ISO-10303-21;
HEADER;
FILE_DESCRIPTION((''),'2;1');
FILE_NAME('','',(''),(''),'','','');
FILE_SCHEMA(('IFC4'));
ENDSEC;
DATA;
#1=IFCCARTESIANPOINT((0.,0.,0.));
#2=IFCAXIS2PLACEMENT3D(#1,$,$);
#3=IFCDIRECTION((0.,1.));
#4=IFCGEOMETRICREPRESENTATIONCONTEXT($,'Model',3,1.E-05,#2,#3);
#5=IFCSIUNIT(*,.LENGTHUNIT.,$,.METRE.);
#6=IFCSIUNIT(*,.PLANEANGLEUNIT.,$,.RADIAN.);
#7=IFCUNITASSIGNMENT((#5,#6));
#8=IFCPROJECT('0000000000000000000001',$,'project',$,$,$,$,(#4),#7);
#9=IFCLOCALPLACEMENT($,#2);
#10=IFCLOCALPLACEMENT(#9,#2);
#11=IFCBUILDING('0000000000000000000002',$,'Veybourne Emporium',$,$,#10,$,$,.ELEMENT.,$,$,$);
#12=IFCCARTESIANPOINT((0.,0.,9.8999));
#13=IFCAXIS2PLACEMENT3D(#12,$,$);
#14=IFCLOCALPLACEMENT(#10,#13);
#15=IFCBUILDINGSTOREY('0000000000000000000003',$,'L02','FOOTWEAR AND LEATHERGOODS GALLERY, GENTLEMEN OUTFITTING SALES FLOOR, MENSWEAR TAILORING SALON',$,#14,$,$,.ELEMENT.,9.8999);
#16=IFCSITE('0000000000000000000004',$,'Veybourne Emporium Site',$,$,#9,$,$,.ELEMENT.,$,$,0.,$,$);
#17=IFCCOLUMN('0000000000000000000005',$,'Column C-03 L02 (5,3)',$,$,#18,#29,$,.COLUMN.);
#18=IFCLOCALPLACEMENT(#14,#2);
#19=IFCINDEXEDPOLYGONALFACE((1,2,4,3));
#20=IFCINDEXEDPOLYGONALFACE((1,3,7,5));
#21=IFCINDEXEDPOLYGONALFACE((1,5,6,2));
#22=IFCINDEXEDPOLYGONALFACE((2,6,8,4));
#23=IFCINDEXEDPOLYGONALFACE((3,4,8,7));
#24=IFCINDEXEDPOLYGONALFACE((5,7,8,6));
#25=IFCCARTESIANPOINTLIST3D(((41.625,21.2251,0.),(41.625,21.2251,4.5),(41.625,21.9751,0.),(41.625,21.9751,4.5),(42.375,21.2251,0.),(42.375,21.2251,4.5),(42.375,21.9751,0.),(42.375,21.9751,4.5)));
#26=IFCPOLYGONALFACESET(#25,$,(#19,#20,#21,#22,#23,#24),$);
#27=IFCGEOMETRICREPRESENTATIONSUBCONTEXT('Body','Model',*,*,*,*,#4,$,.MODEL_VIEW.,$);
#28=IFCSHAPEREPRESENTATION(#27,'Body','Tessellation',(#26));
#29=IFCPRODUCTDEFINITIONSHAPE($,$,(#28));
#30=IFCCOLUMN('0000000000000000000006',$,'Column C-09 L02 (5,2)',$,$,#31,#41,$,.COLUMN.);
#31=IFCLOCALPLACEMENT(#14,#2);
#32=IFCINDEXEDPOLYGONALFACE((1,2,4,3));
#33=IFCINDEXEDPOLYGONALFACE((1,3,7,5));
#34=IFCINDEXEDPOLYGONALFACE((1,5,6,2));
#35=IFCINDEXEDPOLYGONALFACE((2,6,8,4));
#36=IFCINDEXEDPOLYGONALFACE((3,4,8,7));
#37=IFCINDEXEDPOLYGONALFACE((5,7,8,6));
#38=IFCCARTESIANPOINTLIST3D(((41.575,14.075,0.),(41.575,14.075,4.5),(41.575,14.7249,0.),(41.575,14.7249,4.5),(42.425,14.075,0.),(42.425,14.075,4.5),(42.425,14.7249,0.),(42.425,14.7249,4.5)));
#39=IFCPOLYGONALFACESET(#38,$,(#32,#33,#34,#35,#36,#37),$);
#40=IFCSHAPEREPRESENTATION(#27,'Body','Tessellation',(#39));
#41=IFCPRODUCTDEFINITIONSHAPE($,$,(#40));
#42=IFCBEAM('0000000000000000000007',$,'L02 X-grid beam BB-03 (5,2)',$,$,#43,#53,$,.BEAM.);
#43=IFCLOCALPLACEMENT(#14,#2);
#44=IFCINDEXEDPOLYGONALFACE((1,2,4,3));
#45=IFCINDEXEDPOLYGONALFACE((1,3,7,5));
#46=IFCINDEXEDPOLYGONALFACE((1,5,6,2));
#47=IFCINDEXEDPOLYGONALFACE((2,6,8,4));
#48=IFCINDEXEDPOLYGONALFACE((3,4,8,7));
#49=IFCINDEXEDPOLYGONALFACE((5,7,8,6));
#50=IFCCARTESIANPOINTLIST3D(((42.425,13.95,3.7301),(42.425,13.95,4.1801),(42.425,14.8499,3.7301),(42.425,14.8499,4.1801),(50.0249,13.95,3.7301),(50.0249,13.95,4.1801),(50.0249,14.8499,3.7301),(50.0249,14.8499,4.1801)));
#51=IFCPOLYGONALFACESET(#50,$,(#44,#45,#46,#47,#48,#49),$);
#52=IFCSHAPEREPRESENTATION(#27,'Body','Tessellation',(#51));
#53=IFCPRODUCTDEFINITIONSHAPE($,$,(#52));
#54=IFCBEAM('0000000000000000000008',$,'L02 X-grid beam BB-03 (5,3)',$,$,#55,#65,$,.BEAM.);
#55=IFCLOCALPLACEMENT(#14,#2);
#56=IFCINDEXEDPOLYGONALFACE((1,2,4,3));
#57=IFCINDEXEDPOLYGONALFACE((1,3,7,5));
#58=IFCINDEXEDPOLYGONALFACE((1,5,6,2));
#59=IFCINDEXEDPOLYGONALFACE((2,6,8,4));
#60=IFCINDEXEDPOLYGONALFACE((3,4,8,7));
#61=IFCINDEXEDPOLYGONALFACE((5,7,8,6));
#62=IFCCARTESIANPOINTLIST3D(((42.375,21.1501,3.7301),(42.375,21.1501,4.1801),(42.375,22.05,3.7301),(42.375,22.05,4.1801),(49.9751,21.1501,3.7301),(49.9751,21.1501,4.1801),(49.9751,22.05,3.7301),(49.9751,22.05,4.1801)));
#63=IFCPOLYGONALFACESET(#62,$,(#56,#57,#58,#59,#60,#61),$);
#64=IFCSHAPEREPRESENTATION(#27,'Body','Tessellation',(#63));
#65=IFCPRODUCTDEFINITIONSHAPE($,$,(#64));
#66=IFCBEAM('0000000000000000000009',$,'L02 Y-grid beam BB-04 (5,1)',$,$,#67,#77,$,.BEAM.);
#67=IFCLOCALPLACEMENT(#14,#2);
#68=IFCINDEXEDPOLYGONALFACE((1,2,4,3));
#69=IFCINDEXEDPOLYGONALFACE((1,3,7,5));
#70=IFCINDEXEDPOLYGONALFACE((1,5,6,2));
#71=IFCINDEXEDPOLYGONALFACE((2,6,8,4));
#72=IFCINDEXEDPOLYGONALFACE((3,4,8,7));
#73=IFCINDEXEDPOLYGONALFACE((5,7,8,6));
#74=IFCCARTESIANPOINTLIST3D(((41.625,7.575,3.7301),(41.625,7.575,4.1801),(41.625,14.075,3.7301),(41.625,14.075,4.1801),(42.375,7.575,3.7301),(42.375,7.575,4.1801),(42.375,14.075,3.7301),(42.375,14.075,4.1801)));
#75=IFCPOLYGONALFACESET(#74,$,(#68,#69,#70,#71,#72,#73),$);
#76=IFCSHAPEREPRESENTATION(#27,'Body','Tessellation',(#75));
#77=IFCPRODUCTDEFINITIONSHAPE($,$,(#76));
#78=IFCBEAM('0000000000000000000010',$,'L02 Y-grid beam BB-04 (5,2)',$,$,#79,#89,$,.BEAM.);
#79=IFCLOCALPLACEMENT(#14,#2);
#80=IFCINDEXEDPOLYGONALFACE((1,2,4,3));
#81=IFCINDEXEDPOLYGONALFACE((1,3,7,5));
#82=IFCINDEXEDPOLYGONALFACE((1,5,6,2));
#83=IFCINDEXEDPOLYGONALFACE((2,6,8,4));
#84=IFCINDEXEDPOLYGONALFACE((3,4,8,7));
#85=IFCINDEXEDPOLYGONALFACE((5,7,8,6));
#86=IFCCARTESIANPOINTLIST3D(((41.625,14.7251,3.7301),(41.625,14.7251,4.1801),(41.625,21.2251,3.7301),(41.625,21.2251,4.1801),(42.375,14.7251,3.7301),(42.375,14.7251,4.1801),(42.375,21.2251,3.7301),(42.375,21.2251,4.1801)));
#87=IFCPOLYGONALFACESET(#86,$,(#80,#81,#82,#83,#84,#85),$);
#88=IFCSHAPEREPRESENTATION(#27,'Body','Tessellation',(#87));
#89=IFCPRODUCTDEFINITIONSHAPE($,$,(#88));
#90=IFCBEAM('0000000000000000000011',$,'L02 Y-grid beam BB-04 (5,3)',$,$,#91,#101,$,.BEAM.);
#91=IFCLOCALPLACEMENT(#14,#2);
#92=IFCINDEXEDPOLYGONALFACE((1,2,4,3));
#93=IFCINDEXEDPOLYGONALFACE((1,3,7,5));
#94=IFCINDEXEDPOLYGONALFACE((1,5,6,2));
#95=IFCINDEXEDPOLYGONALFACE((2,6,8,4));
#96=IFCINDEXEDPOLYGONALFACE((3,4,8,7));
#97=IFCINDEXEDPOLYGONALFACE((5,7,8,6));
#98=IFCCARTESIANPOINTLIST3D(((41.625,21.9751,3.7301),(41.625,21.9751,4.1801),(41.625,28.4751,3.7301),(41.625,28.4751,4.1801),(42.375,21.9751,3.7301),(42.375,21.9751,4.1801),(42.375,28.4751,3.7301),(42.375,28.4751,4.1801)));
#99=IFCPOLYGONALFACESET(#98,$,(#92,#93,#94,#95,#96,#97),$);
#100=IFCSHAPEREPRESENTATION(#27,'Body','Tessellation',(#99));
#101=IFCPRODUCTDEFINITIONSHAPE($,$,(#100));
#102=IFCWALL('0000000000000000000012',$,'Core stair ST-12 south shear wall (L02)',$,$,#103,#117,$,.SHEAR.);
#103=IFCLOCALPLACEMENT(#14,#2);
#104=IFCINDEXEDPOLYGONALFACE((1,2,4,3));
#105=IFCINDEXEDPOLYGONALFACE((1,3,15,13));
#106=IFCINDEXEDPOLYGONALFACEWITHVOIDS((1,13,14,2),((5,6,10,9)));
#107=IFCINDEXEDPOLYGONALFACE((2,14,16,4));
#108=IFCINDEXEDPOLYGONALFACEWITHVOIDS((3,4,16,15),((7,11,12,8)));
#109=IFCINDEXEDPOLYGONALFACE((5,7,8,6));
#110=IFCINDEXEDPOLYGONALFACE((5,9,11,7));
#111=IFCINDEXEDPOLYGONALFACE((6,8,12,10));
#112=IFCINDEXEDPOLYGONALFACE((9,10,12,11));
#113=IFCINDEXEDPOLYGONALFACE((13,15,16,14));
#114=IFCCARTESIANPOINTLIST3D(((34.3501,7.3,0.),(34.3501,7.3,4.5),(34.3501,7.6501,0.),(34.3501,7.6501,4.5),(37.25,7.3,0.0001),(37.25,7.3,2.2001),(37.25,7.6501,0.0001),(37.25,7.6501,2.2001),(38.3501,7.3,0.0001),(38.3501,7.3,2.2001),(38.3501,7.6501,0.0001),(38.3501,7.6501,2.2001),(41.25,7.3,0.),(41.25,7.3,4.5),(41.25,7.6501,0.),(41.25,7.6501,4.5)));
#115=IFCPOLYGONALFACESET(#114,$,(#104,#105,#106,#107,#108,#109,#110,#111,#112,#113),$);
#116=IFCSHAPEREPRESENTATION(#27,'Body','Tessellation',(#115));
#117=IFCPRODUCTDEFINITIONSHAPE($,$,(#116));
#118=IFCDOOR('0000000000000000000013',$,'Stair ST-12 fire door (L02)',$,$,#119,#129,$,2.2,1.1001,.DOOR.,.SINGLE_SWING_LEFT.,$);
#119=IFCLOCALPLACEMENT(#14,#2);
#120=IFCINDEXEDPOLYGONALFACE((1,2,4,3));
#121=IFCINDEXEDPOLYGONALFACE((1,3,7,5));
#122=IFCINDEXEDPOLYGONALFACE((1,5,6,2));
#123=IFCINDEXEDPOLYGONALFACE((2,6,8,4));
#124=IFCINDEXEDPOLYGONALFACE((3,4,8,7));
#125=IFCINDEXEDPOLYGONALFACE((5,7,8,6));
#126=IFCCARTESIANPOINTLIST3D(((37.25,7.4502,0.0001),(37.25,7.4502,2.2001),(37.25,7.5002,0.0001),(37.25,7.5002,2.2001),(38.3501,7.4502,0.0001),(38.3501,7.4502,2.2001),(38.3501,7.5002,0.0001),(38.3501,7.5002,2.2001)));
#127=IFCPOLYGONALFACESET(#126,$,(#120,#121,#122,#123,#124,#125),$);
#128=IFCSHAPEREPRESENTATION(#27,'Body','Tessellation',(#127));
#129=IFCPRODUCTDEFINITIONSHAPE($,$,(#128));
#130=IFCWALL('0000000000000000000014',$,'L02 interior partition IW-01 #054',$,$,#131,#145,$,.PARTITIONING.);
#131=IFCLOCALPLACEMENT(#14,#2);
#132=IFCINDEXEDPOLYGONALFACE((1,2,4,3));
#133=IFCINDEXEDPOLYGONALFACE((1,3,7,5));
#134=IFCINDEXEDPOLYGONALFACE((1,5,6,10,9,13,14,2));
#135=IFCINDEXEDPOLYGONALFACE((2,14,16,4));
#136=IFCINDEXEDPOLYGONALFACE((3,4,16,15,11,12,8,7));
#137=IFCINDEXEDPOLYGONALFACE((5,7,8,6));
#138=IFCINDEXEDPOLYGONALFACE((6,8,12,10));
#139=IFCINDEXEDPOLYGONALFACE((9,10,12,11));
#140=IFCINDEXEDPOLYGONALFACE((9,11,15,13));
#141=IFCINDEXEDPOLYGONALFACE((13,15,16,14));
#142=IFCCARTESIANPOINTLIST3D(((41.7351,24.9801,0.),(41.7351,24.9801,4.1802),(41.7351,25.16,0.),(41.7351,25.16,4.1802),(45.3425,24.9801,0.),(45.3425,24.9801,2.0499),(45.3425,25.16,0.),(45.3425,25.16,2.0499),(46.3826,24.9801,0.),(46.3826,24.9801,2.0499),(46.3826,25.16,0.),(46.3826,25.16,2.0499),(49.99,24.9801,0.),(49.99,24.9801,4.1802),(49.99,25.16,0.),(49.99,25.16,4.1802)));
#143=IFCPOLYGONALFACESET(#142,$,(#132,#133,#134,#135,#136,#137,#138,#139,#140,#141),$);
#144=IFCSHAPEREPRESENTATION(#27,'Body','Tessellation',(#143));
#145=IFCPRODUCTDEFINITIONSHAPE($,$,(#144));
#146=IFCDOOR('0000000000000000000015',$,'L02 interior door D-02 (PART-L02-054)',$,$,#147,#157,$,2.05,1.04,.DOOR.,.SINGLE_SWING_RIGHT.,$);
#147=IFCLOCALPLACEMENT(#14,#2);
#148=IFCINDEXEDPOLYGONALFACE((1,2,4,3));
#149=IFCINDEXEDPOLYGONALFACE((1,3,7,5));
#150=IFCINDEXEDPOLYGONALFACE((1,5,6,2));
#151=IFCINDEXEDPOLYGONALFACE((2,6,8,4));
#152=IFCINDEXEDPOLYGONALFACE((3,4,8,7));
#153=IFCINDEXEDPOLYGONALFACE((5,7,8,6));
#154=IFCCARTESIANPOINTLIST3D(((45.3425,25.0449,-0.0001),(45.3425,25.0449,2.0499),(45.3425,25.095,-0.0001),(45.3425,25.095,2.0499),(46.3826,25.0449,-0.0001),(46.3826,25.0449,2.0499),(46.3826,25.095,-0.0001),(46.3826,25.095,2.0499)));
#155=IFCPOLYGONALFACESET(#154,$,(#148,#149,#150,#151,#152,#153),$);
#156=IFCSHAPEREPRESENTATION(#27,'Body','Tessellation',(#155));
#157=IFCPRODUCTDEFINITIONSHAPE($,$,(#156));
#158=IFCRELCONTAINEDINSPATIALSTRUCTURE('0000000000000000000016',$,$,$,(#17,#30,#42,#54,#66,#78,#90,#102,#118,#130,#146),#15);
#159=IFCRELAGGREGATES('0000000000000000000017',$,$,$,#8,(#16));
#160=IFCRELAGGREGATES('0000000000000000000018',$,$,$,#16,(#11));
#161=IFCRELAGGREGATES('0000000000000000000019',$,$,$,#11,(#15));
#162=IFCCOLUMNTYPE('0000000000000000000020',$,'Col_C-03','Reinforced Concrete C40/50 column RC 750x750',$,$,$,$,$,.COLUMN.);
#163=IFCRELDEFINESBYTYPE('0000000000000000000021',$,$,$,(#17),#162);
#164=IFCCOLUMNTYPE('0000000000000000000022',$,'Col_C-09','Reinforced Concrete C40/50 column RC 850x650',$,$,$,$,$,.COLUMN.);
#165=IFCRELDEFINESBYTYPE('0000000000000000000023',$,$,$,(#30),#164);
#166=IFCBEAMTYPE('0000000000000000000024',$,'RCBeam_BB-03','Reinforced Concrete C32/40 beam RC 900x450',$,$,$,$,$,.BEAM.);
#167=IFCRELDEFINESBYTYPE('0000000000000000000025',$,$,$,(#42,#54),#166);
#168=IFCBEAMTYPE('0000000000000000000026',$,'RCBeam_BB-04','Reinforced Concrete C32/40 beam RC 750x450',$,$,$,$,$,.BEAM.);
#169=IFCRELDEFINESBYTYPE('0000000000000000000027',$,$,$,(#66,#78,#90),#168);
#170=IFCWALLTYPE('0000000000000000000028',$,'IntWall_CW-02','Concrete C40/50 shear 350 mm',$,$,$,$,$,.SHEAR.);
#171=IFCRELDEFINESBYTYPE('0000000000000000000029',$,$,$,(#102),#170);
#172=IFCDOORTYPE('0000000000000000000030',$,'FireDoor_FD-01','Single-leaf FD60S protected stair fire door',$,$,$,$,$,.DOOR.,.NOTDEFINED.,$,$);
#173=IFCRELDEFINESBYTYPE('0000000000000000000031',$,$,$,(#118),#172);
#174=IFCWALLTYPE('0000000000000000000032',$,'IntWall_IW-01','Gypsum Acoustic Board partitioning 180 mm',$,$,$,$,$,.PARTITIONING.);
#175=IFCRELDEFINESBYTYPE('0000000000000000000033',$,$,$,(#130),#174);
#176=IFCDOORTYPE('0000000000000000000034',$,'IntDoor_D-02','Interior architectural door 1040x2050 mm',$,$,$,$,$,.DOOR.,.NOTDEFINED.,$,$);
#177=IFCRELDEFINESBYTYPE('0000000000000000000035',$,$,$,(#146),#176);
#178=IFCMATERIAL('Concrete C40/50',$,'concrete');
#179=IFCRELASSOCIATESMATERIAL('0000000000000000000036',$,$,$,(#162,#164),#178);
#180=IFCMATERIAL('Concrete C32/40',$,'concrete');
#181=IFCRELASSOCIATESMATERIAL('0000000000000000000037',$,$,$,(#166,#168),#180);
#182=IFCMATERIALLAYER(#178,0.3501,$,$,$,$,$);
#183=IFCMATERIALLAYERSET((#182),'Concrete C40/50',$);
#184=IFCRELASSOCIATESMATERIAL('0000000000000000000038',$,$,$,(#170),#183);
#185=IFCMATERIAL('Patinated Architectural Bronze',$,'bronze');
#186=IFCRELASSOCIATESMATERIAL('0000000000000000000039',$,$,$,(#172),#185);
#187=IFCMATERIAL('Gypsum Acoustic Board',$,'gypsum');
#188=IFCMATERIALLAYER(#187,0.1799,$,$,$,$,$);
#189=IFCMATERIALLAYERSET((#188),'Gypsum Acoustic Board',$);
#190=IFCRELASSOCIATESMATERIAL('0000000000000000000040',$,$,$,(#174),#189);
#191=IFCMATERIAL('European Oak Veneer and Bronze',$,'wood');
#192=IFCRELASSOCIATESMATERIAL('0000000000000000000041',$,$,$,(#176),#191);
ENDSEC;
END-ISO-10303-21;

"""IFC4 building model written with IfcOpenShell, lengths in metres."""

from ifc_helpers import new_model, si_unit, direction, frame, frame_2d, origin, origin_2d, place, context, subcontext, project, spatial, rectangle, extrude, material, layer, layer_set, material_profile, profile_set, type_object, element, fill, save


model = new_model("IFC4")

# Units and contexts
model_context = context("Model", 3, precision=1e-05, world=origin(), true_north=direction((0.0, 1.0)))
body_context = subcontext(model_context, "Body", "Model", "MODEL_VIEW")
ifc_project = project(units=[si_unit("LENGTHUNIT", "METRE"), si_unit("PLANEANGLEUNIT", "RADIAN")], contexts=[model_context])

# Site, building, storey
site_placement = place(None, origin())
site = spatial("IfcSite", under=ifc_project, at=site_placement, Name="Veybourne Emporium Site", CompositionType="ELEMENT", RefElevation=0.0)
building_placement = place(site_placement, origin())
building = spatial("IfcBuilding", under=site, at=building_placement, Name="Veybourne Emporium", CompositionType="ELEMENT")
storey_placement = place(building_placement, frame((0.0, 0.0, 9.8999)))
storey = spatial("IfcBuildingStorey", under=building, at=storey_placement, Name="L02", Description="FOOTWEAR AND LEATHERGOODS GALLERY, GENTLEMEN OUTFITTING SALES FLOOR, MENSWEAR TAILORING SALON", CompositionType="ELEMENT", Elevation=9.8999)

# Columns
ifc_material_1 = material(Name="Concrete C40/50", Category="concrete")
ifc_material_profile_1 = material_profile(ifc_material_1, rectangle(XDim=0.75, YDim=0.75, at=origin_2d()), Name="RC 750x750")
ifc_profile_set_1 = profile_set([ifc_material_profile_1], Name="Concrete C40/50")
column_type_1 = type_object("IfcColumnType", Name="Col_C-03", Description="Reinforced Concrete C40/50 column RC 750x750", PredefinedType="COLUMN", material=ifc_profile_set_1)
column_1_placement = place(storey_placement, frame((42.0, 21.6001, 0.0), z_axis=(0.0, 0.0, 1.0), x_axis=(1.0, 0.0, 0.0)))
element("IfcColumn", 1, at=column_1_placement, inside=storey, type_object=column_type_1, Name="Column C-03 L02 (5,3)", PredefinedType="COLUMN", context=body_context, shape_type="SweptSolid", body=[
    extrude(rectangle(XDim=0.75, YDim=0.75, at=origin_2d()), origin(), (0.0, 0.0, 1.0), 4.5),
])
ifc_material_profile_2 = material_profile(ifc_material_1, rectangle(XDim=0.8501, YDim=0.6499, at=origin_2d()), Name="RC 850x650")
ifc_profile_set_2 = profile_set([ifc_material_profile_2], Name="Concrete C40/50")
column_type_2 = type_object("IfcColumnType", Name="Col_C-09", Description="Reinforced Concrete C40/50 column RC 850x650", PredefinedType="COLUMN", material=ifc_profile_set_2)
column_2_placement = place(storey_placement, frame((42.0, 14.3999, 0.0), z_axis=(0.0, 0.0, 1.0), x_axis=(1.0, 0.0, 0.0)))
element("IfcColumn", 2, at=column_2_placement, inside=storey, type_object=column_type_2, Name="Column C-09 L02 (5,2)", PredefinedType="COLUMN", context=body_context, shape_type="SweptSolid", body=[
    extrude(rectangle(XDim=0.8501, YDim=0.6499, at=origin_2d()), origin(), (0.0, 0.0, 1.0), 4.5),
])

# Beams
ifc_material_2 = material(Name="Concrete C32/40", Category="concrete")
ifc_material_profile_3 = material_profile(ifc_material_2, rectangle(XDim=0.8999, YDim=0.45, at=origin_2d()), Name="RC 900x450")
ifc_profile_set_3 = profile_set([ifc_material_profile_3], Name="Concrete C32/40")
beam_type_1 = type_object("IfcBeamType", Name="RCBeam_BB-03", Description="Reinforced Concrete C32/40 beam RC 900x450", PredefinedType="BEAM", material=ifc_profile_set_3)
beam_1_placement = place(storey_placement, frame((42.425, 14.3999, 3.9551), z_axis=(1.0, 0.0, 0.0), x_axis=(0.0, 1.0, 0.0)))
element("IfcBeam", 3, at=beam_1_placement, inside=storey, type_object=beam_type_1, Name="L02 X-grid beam BB-03 (5,2)", PredefinedType="BEAM", context=body_context, shape_type="SweptSolid", body=[
    extrude(rectangle(XDim=0.8999, YDim=0.45, at=origin_2d()), origin(), (0.0, 0.0, 1.0), 7.5999),
])
beam_2_placement = place(storey_placement, frame((42.375, 21.6001, 3.9551), z_axis=(1.0, 0.0, 0.0), x_axis=(0.0, 1.0, 0.0)))
element("IfcBeam", 4, at=beam_2_placement, inside=storey, type_object=beam_type_1, Name="L02 X-grid beam BB-03 (5,3)", PredefinedType="BEAM", context=body_context, shape_type="SweptSolid", body=[
    extrude(rectangle(XDim=0.8999, YDim=0.45, at=origin_2d()), origin(), (0.0, 0.0, 1.0), 7.6001),
])
ifc_material_profile_4 = material_profile(ifc_material_2, rectangle(XDim=0.75, YDim=0.45, at=origin_2d()), Name="RC 750x450")
ifc_profile_set_4 = profile_set([ifc_material_profile_4], Name="Concrete C32/40")
beam_type_2 = type_object("IfcBeamType", Name="RCBeam_BB-04", Description="Reinforced Concrete C32/40 beam RC 750x450", PredefinedType="BEAM", material=ifc_profile_set_4)
for number, where, z_axis, x_axis, name in (
    (5, (42.0, 7.575, 3.9551), (0.0, 1.0, 0.0), (-1.0, 0.0, 0.0), "L02 Y-grid beam BB-04 (5,1)"),
    (6, (42.0, 14.7251, 3.9551), (0.0, 1.0, 0.0), (-1.0, 0.0, 0.0), "L02 Y-grid beam BB-04 (5,2)"),
    (7, (42.0, 21.9751, 3.9551), (0.0, 1.0, 0.0), (-1.0, 0.0, 0.0), "L02 Y-grid beam BB-04 (5,3)"),
):
    element("IfcBeam", number, at=place(storey_placement, frame(where, z_axis=z_axis, x_axis=x_axis)), inside=storey, type_object=beam_type_2, Name=name, PredefinedType="BEAM", context=body_context, shape_type="SweptSolid", body=[
        extrude(rectangle(XDim=0.75, YDim=0.45, at=origin_2d()), origin(), (0.0, 0.0, 1.0), 6.5),
    ])

# Walls, openings, doors
ifc_layer_1 = layer(ifc_material_1, 0.3501)
ifc_layer_set_1 = layer_set([ifc_layer_1], Name="Concrete C40/50")
wall_type_1 = type_object("IfcWallType", Name="IntWall_CW-02", Description="Concrete C40/50 shear 350 mm", PredefinedType="SHEAR", material=ifc_layer_set_1)
wall_1_placement = place(storey_placement, frame((41.25, 7.4751, 0.0), z_axis=(0.0, 0.0, 1.0), x_axis=(-1.0, 0.0, 0.0)))
wall_1 = element("IfcWall", 8, at=wall_1_placement, inside=storey, type_object=wall_type_1, Name="Core stair ST-12 south shear wall (L02)", PredefinedType="SHEAR", context=body_context, shape_type="SweptSolid", body=[
    extrude(rectangle(XDim=6.8999, YDim=0.3501, at=frame_2d((3.45, 0.0))), origin(), (0.0, 0.0, 1.0), 4.5),
])
opening_1_placement = place(wall_1_placement, frame((2.8999, 0.0, 0.0)))
opening_1 = element("IfcOpeningElement", 9, at=opening_1_placement, cuts=wall_1, PredefinedType="OPENING", context=body_context, shape_type="SweptSolid", body=[
    extrude(rectangle(XDim=1.1001, YDim=2.2, at=frame_2d((0.55, 1.1001))), frame((0.0, 0.1951, 0.0), z_axis=(0.0, -1.0, 0.0), x_axis=(1.0, 0.0, 0.0)), (0.0, 0.0, 1.0), 0.3901),
])
ifc_material_3 = material(Name="Patinated Architectural Bronze", Category="bronze")
door_type_1 = type_object("IfcDoorType", Name="FireDoor_FD-01", Description="Single-leaf FD60S protected stair fire door", OperationType="NOTDEFINED", PredefinedType="DOOR", material=ifc_material_3)
door_1_placement = place(opening_1_placement, origin())
door_1 = element("IfcDoor", 10, at=door_1_placement, inside=storey, type_object=door_type_1, Name="Stair ST-12 fire door (L02)", OperationType="SINGLE_SWING_LEFT", OverallHeight=2.2, OverallWidth=1.1001, PredefinedType="DOOR", context=body_context, shape_type="SweptSolid", body=[
    extrude(rectangle(XDim=1.1001, YDim=2.2, at=frame_2d((0.55, 1.1001))), frame((0.0, 0.0249, 0.0), z_axis=(0.0, -1.0, 0.0), x_axis=(1.0, 0.0, 0.0)), (0.0, 0.0, 1.0), 0.05),
])
fill(opening_1, door_1)
ifc_material_4 = material(Name="Gypsum Acoustic Board", Category="gypsum")
ifc_layer_2 = layer(ifc_material_4, 0.1799)
ifc_layer_set_2 = layer_set([ifc_layer_2], Name="Gypsum Acoustic Board")
wall_type_2 = type_object("IfcWallType", Name="IntWall_IW-01", Description="Gypsum Acoustic Board partitioning 180 mm", PredefinedType="PARTITIONING", material=ifc_layer_set_2)
wall_2_placement = place(storey_placement, frame((41.7351, 25.0701, 0.0), z_axis=(0.0, 0.0, 1.0), x_axis=(1.0, 0.0, 0.0)))
wall_2 = element("IfcWall", 11, at=wall_2_placement, inside=storey, type_object=wall_type_2, Name="L02 interior partition IW-01 #054", PredefinedType="PARTITIONING", context=body_context, shape_type="SweptSolid", body=[
    extrude(rectangle(XDim=8.2549, YDim=0.1799, at=frame_2d((4.1274, 0.0))), origin(), (0.0, 0.0, 1.0), 4.1802),
])
opening_2_placement = place(wall_2_placement, frame((3.6074, 0.0, 0.0)))
opening_2 = element("IfcOpeningElement", 12, at=opening_2_placement, cuts=wall_2, PredefinedType="OPENING", context=body_context, shape_type="SweptSolid", body=[
    extrude(rectangle(XDim=1.04, YDim=2.05, at=frame_2d((0.52, 1.0249))), frame((0.0, 0.1099, 0.0), z_axis=(0.0, -1.0, 0.0), x_axis=(1.0, 0.0, 0.0)), (0.0, 0.0, 1.0), 0.22),
])
ifc_material_5 = material(Name="European Oak Veneer and Bronze", Category="wood")
door_type_2 = type_object("IfcDoorType", Name="IntDoor_D-02", Description="Interior architectural door 1040x2050 mm", OperationType="NOTDEFINED", PredefinedType="DOOR", material=ifc_material_5)
door_2_placement = place(opening_2_placement, origin())
door_2 = element("IfcDoor", 13, at=door_2_placement, inside=storey, type_object=door_type_2, Name="L02 interior door D-02 (PART-L02-054)", OperationType="SINGLE_SWING_RIGHT", OverallHeight=2.05, OverallWidth=1.04, PredefinedType="DOOR", context=body_context, shape_type="SweptSolid", body=[
    extrude(rectangle(XDim=1.04, YDim=2.05, at=frame_2d((0.52, 1.0249))), frame((0.0, 0.0249, 0.0), z_axis=(0.0, -1.0, 0.0), x_axis=(1.0, 0.0, 0.0)), (0.0, 0.0, 1.0), 0.05),
])
fill(opening_2, door_2)

save(model, "model.ifc")
